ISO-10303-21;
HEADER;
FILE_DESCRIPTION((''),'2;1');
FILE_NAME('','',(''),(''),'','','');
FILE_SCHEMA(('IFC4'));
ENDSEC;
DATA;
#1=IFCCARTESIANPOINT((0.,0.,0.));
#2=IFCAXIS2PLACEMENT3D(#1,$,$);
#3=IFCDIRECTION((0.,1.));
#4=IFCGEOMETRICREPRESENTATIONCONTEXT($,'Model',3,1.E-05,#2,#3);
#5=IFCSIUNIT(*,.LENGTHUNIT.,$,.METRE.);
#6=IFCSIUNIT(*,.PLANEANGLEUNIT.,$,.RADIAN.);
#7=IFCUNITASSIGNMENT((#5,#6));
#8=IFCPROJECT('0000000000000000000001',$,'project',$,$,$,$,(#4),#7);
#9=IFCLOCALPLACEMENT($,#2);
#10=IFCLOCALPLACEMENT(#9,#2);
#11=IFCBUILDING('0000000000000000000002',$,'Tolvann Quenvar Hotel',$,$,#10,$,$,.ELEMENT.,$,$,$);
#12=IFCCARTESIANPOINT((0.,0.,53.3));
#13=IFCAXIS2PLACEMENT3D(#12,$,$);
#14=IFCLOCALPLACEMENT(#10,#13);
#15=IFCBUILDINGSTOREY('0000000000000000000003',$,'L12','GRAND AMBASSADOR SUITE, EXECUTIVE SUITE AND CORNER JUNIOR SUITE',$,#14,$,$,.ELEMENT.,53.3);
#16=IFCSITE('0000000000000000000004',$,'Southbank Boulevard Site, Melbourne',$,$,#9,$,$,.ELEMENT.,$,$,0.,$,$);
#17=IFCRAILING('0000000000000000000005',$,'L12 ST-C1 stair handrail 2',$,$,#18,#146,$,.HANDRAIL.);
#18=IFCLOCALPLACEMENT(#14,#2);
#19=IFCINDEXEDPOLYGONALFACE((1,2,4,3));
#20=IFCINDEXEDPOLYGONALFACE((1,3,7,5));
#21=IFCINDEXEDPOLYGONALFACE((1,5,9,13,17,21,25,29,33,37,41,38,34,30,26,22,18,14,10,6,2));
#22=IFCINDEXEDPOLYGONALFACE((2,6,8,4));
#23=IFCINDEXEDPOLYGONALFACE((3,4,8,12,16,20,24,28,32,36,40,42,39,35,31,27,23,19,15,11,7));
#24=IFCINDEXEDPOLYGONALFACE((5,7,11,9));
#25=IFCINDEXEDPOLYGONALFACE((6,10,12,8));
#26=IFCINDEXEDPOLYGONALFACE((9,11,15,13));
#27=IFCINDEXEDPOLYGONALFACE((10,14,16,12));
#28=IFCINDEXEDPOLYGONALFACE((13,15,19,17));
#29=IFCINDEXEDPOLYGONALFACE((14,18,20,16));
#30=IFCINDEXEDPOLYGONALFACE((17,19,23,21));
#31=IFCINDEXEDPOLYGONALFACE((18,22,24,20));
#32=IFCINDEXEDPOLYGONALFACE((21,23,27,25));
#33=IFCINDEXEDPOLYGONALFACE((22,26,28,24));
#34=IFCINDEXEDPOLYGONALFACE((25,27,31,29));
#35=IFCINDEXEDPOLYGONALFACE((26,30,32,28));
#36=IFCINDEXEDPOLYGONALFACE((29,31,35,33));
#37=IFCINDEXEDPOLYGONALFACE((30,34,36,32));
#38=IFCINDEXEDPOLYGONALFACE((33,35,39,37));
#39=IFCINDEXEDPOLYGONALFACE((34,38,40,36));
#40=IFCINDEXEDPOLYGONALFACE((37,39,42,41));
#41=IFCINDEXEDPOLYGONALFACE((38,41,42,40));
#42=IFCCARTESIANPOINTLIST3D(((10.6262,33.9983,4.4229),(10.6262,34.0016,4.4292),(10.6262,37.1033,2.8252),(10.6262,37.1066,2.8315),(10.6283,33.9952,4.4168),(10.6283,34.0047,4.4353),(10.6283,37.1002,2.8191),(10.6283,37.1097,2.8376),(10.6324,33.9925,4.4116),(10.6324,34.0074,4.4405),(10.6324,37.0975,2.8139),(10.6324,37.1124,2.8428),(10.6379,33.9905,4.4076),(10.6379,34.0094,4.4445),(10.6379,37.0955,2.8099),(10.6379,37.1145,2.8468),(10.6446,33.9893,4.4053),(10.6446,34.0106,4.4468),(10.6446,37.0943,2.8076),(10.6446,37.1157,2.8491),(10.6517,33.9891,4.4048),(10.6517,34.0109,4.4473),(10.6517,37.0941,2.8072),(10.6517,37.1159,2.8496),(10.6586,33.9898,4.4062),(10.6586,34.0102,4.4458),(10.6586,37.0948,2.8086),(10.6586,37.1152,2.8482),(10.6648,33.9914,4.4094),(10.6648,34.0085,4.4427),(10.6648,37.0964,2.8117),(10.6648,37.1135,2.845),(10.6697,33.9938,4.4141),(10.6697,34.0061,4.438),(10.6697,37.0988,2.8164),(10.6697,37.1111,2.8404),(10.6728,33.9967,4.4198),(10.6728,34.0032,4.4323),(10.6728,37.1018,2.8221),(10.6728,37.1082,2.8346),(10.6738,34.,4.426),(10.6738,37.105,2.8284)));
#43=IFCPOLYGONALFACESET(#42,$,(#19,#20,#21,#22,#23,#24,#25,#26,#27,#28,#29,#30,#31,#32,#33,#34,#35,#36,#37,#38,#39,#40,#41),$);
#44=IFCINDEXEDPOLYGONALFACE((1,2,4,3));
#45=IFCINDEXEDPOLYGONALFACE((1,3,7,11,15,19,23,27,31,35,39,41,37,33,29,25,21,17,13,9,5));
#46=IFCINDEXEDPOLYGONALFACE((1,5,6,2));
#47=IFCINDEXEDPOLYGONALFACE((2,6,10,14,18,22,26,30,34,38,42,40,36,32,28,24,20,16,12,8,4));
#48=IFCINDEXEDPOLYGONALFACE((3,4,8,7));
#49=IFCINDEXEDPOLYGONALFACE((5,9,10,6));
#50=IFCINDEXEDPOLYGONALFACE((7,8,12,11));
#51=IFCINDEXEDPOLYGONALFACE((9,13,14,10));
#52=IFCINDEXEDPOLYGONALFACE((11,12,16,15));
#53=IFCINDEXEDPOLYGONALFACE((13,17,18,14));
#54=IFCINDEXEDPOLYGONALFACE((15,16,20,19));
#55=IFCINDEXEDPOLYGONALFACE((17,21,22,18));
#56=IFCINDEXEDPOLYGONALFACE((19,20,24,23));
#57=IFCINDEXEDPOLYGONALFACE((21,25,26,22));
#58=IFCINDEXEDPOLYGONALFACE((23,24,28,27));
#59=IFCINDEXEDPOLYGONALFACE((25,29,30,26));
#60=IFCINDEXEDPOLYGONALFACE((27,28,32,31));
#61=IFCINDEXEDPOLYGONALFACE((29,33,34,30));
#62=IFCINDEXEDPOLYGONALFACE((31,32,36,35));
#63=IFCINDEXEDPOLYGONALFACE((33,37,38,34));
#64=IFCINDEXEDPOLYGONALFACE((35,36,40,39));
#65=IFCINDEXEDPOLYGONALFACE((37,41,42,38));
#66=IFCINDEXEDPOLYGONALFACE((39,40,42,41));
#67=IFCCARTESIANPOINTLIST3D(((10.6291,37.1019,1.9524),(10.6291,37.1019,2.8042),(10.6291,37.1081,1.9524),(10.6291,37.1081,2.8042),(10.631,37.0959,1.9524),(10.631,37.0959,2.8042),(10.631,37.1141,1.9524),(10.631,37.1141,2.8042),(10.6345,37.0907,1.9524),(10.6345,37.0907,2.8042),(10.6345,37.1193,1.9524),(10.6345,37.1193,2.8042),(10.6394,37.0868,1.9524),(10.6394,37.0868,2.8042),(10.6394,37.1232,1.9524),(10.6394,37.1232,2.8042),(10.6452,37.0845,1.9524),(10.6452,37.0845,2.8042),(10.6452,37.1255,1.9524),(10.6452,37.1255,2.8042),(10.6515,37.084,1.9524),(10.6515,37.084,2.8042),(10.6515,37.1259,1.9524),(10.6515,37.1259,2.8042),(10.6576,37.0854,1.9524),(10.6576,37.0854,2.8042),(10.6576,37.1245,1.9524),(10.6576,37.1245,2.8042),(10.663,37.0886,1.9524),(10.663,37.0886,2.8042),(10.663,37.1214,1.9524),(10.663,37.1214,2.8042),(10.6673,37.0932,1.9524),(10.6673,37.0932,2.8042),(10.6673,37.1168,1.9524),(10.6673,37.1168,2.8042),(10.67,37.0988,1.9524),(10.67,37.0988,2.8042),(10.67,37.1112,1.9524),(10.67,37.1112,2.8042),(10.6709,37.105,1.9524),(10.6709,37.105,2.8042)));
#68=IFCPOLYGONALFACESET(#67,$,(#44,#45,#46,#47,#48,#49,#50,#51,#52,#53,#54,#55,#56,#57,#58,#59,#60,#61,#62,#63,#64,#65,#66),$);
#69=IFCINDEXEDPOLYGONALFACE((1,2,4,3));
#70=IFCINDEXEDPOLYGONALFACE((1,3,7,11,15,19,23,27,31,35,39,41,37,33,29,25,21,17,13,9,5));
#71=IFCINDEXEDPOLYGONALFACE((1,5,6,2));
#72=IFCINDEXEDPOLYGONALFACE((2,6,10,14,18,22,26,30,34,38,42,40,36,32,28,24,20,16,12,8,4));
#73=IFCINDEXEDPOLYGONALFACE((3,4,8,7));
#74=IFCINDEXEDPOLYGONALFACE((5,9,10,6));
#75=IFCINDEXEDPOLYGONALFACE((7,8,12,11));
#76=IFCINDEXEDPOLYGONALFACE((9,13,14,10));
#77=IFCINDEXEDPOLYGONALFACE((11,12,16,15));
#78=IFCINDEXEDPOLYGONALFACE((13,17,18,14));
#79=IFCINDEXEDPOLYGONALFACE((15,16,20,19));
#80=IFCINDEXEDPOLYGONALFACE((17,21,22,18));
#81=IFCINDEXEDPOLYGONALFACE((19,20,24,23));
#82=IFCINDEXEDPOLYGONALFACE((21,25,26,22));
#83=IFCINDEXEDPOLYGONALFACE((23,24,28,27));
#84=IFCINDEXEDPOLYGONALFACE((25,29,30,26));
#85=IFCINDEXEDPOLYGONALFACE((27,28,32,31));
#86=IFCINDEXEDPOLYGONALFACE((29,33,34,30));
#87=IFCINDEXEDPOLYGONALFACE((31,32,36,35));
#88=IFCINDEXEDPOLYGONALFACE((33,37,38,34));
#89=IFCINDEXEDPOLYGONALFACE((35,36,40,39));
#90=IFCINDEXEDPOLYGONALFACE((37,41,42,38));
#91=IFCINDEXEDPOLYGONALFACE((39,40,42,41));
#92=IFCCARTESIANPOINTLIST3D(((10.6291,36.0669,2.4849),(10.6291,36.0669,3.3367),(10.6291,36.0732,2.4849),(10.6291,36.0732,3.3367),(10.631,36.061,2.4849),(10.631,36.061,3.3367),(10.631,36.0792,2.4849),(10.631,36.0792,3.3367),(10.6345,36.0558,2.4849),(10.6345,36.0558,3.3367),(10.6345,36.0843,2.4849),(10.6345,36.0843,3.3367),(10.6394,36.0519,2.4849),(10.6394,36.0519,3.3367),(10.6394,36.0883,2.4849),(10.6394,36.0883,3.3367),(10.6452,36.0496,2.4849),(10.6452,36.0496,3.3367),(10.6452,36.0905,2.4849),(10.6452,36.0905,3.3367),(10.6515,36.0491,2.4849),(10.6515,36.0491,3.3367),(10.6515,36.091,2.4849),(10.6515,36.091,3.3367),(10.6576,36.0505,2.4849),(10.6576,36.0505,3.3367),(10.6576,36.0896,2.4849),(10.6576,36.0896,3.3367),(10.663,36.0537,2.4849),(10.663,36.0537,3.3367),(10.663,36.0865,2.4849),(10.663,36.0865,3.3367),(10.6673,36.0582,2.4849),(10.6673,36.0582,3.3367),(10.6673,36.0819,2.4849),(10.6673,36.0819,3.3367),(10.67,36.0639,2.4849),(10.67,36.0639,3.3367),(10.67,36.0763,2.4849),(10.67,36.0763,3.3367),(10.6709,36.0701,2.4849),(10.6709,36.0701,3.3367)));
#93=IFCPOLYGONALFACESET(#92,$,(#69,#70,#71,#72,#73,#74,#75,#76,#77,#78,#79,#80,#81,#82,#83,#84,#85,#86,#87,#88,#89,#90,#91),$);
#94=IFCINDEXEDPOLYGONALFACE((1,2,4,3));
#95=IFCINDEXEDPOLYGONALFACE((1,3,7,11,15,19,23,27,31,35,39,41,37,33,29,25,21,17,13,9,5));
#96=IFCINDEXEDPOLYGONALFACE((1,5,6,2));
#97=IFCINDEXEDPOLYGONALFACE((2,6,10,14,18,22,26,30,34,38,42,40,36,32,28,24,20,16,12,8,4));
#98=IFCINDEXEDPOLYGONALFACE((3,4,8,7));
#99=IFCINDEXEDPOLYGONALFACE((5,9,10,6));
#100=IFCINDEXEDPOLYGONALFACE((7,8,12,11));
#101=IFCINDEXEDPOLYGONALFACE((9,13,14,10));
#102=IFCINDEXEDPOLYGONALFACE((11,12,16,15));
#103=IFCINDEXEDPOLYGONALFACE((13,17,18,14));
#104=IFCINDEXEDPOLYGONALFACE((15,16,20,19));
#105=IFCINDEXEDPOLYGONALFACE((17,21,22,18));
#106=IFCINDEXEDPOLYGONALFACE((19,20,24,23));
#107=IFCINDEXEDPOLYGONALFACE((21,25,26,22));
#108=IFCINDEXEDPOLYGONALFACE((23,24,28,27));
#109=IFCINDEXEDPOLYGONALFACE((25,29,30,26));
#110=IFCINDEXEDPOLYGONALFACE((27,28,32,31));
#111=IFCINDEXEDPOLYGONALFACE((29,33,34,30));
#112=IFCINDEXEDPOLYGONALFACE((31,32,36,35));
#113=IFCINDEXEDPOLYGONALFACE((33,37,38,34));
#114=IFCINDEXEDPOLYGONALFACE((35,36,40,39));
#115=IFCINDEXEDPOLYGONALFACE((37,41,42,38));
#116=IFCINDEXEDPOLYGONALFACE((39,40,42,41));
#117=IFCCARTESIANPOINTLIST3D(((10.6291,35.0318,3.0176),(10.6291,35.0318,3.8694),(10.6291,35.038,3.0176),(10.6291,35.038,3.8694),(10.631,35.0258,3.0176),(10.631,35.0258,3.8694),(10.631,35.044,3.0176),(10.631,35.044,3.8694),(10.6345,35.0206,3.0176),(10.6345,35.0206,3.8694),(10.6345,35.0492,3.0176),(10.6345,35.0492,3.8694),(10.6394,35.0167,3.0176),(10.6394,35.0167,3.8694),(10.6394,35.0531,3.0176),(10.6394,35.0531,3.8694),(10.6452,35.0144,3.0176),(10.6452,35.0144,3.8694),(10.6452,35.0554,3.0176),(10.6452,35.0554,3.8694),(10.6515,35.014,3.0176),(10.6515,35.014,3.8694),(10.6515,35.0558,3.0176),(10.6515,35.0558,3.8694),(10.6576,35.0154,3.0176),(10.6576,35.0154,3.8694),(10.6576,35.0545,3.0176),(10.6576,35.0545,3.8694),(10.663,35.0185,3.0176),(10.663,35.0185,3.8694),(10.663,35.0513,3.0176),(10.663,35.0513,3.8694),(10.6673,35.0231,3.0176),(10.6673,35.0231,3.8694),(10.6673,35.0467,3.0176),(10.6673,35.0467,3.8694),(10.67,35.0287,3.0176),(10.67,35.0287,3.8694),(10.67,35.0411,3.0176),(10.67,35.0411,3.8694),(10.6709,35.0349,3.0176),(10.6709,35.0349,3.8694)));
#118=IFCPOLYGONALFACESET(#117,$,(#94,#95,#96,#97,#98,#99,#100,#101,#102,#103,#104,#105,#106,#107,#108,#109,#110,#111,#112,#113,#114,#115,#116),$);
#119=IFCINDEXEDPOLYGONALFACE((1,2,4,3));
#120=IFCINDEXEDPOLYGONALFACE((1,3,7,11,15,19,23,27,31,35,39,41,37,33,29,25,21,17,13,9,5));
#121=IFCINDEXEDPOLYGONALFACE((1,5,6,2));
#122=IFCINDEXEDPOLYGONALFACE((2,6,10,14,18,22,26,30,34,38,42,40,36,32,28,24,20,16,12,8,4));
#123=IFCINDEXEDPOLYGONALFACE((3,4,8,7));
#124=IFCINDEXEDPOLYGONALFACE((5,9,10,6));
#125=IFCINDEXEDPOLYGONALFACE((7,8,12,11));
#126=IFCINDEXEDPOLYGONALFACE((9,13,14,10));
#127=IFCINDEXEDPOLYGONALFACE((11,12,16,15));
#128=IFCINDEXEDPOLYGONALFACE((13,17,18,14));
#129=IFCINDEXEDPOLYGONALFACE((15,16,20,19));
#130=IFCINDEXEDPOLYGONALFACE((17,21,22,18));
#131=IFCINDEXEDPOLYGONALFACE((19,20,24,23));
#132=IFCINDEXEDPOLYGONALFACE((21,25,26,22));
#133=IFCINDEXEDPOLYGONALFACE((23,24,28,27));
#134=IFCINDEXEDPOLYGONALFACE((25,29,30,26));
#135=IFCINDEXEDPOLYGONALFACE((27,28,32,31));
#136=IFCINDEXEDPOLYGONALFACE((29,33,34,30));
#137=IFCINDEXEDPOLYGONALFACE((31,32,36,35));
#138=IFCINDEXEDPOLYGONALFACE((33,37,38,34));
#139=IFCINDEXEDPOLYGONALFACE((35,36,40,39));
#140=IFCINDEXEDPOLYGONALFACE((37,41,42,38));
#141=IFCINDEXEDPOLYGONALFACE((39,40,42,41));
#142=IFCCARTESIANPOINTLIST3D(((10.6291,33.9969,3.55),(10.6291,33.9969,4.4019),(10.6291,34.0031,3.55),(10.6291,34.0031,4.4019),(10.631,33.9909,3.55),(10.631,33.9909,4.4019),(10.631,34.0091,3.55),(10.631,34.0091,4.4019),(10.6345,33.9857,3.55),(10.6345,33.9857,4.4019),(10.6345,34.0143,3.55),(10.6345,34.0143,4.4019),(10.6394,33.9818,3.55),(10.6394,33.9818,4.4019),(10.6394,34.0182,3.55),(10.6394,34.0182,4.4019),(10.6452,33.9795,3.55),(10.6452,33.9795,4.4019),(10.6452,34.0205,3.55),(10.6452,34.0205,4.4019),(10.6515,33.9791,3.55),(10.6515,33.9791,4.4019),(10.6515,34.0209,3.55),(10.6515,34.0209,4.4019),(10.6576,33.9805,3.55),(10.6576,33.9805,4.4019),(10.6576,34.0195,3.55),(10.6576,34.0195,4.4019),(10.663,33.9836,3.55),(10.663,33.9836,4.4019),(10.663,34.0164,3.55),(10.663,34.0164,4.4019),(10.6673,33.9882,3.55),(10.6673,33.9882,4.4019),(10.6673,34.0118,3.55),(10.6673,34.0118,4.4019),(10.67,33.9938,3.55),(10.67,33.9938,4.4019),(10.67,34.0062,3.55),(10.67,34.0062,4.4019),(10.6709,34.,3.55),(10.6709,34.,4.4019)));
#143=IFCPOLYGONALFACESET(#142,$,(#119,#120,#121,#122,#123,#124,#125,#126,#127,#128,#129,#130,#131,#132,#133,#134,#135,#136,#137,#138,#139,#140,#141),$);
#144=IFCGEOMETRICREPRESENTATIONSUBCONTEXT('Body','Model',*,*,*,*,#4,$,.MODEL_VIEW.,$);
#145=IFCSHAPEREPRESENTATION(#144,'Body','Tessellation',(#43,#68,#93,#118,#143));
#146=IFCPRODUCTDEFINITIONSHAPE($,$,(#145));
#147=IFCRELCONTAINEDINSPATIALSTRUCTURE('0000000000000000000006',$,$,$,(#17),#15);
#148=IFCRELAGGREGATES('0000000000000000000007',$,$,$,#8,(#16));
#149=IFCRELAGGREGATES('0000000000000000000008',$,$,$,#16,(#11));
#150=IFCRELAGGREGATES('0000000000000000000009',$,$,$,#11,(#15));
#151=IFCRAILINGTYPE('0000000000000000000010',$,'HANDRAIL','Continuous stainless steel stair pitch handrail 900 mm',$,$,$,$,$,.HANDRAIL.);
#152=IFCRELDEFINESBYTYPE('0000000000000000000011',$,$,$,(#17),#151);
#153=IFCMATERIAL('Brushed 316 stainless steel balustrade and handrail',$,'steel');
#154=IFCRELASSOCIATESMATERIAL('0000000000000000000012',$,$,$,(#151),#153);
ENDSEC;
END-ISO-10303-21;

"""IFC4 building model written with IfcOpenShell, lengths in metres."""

from ifc_helpers import new_model, si_unit, direction, frame, origin, origin_2d, place, context, subcontext, project, spatial, circle, extrude, material, type_object, element, save


model = new_model("IFC4")

# Units and contexts
model_context = context("Model", 3, precision=1e-05, world=origin(), true_north=direction((0.0, 1.0)))
body_context = subcontext(model_context, "Body", "Model", "MODEL_VIEW")
ifc_project = project(units=[si_unit("LENGTHUNIT", "METRE"), si_unit("PLANEANGLEUNIT", "RADIAN")], contexts=[model_context])

# Site, building, storey
site_placement = place(None, origin())
site = spatial("IfcSite", under=ifc_project, at=site_placement, Name="Southbank Boulevard Site, Melbourne", CompositionType="ELEMENT", RefElevation=0.0)
building_placement = place(site_placement, origin())
building = spatial("IfcBuilding", under=site, at=building_placement, Name="Tolvann Quenvar Hotel", CompositionType="ELEMENT")
storey_placement = place(building_placement, frame((0.0, 0.0, 53.3)))
storey = spatial("IfcBuildingStorey", under=building, at=storey_placement, Name="L12", Description="GRAND AMBASSADOR SUITE, EXECUTIVE SUITE AND CORNER JUNIOR SUITE", CompositionType="ELEMENT", Elevation=53.3)

# Railing
ifc_material_1 = material(Name="Brushed 316 stainless steel balustrade and handrail", Category="steel")
railing_type_1 = type_object("IfcRailingType", Name="HANDRAIL", Description="Continuous stainless steel stair pitch handrail 900 mm", PredefinedType="HANDRAIL", material=ifc_material_1)
railing_1_placement = place(storey_placement, frame((10.6499, 37.105, 1.9524)))
element("IfcRailing", 1, at=railing_1_placement, inside=storey, type_object=railing_type_1, Name="L12 ST-C1 stair handrail 2", PredefinedType="HANDRAIL", context=body_context, shape_type="SweptSolid", body=[
    extrude(circle(Radius=0.0239, at=origin_2d()), frame((0.0, 0.0, 0.876), z_axis=(0.0, -0.889194, 0.457531), x_axis=(1.0, 0.0, 0.0)), (0.0, 0.0, 1.0), 3.4919),
    extrude(circle(Radius=0.021, at=origin_2d()), origin(), (0.0, 0.0, 1.0), 0.8518),
    extrude(circle(Radius=0.021, at=origin_2d()), frame((0.0, -1.0349, 0.5325)), (0.0, 0.0, 1.0), 0.8518),
    extrude(circle(Radius=0.021, at=origin_2d()), frame((0.0, -2.0701, 1.0652)), (0.0, 0.0, 1.0), 0.8518),
    extrude(circle(Radius=0.021, at=origin_2d()), frame((0.0, -3.105, 1.5977)), (0.0, 0.0, 1.0), 0.8518),
])

save(model, "model.ifc")
